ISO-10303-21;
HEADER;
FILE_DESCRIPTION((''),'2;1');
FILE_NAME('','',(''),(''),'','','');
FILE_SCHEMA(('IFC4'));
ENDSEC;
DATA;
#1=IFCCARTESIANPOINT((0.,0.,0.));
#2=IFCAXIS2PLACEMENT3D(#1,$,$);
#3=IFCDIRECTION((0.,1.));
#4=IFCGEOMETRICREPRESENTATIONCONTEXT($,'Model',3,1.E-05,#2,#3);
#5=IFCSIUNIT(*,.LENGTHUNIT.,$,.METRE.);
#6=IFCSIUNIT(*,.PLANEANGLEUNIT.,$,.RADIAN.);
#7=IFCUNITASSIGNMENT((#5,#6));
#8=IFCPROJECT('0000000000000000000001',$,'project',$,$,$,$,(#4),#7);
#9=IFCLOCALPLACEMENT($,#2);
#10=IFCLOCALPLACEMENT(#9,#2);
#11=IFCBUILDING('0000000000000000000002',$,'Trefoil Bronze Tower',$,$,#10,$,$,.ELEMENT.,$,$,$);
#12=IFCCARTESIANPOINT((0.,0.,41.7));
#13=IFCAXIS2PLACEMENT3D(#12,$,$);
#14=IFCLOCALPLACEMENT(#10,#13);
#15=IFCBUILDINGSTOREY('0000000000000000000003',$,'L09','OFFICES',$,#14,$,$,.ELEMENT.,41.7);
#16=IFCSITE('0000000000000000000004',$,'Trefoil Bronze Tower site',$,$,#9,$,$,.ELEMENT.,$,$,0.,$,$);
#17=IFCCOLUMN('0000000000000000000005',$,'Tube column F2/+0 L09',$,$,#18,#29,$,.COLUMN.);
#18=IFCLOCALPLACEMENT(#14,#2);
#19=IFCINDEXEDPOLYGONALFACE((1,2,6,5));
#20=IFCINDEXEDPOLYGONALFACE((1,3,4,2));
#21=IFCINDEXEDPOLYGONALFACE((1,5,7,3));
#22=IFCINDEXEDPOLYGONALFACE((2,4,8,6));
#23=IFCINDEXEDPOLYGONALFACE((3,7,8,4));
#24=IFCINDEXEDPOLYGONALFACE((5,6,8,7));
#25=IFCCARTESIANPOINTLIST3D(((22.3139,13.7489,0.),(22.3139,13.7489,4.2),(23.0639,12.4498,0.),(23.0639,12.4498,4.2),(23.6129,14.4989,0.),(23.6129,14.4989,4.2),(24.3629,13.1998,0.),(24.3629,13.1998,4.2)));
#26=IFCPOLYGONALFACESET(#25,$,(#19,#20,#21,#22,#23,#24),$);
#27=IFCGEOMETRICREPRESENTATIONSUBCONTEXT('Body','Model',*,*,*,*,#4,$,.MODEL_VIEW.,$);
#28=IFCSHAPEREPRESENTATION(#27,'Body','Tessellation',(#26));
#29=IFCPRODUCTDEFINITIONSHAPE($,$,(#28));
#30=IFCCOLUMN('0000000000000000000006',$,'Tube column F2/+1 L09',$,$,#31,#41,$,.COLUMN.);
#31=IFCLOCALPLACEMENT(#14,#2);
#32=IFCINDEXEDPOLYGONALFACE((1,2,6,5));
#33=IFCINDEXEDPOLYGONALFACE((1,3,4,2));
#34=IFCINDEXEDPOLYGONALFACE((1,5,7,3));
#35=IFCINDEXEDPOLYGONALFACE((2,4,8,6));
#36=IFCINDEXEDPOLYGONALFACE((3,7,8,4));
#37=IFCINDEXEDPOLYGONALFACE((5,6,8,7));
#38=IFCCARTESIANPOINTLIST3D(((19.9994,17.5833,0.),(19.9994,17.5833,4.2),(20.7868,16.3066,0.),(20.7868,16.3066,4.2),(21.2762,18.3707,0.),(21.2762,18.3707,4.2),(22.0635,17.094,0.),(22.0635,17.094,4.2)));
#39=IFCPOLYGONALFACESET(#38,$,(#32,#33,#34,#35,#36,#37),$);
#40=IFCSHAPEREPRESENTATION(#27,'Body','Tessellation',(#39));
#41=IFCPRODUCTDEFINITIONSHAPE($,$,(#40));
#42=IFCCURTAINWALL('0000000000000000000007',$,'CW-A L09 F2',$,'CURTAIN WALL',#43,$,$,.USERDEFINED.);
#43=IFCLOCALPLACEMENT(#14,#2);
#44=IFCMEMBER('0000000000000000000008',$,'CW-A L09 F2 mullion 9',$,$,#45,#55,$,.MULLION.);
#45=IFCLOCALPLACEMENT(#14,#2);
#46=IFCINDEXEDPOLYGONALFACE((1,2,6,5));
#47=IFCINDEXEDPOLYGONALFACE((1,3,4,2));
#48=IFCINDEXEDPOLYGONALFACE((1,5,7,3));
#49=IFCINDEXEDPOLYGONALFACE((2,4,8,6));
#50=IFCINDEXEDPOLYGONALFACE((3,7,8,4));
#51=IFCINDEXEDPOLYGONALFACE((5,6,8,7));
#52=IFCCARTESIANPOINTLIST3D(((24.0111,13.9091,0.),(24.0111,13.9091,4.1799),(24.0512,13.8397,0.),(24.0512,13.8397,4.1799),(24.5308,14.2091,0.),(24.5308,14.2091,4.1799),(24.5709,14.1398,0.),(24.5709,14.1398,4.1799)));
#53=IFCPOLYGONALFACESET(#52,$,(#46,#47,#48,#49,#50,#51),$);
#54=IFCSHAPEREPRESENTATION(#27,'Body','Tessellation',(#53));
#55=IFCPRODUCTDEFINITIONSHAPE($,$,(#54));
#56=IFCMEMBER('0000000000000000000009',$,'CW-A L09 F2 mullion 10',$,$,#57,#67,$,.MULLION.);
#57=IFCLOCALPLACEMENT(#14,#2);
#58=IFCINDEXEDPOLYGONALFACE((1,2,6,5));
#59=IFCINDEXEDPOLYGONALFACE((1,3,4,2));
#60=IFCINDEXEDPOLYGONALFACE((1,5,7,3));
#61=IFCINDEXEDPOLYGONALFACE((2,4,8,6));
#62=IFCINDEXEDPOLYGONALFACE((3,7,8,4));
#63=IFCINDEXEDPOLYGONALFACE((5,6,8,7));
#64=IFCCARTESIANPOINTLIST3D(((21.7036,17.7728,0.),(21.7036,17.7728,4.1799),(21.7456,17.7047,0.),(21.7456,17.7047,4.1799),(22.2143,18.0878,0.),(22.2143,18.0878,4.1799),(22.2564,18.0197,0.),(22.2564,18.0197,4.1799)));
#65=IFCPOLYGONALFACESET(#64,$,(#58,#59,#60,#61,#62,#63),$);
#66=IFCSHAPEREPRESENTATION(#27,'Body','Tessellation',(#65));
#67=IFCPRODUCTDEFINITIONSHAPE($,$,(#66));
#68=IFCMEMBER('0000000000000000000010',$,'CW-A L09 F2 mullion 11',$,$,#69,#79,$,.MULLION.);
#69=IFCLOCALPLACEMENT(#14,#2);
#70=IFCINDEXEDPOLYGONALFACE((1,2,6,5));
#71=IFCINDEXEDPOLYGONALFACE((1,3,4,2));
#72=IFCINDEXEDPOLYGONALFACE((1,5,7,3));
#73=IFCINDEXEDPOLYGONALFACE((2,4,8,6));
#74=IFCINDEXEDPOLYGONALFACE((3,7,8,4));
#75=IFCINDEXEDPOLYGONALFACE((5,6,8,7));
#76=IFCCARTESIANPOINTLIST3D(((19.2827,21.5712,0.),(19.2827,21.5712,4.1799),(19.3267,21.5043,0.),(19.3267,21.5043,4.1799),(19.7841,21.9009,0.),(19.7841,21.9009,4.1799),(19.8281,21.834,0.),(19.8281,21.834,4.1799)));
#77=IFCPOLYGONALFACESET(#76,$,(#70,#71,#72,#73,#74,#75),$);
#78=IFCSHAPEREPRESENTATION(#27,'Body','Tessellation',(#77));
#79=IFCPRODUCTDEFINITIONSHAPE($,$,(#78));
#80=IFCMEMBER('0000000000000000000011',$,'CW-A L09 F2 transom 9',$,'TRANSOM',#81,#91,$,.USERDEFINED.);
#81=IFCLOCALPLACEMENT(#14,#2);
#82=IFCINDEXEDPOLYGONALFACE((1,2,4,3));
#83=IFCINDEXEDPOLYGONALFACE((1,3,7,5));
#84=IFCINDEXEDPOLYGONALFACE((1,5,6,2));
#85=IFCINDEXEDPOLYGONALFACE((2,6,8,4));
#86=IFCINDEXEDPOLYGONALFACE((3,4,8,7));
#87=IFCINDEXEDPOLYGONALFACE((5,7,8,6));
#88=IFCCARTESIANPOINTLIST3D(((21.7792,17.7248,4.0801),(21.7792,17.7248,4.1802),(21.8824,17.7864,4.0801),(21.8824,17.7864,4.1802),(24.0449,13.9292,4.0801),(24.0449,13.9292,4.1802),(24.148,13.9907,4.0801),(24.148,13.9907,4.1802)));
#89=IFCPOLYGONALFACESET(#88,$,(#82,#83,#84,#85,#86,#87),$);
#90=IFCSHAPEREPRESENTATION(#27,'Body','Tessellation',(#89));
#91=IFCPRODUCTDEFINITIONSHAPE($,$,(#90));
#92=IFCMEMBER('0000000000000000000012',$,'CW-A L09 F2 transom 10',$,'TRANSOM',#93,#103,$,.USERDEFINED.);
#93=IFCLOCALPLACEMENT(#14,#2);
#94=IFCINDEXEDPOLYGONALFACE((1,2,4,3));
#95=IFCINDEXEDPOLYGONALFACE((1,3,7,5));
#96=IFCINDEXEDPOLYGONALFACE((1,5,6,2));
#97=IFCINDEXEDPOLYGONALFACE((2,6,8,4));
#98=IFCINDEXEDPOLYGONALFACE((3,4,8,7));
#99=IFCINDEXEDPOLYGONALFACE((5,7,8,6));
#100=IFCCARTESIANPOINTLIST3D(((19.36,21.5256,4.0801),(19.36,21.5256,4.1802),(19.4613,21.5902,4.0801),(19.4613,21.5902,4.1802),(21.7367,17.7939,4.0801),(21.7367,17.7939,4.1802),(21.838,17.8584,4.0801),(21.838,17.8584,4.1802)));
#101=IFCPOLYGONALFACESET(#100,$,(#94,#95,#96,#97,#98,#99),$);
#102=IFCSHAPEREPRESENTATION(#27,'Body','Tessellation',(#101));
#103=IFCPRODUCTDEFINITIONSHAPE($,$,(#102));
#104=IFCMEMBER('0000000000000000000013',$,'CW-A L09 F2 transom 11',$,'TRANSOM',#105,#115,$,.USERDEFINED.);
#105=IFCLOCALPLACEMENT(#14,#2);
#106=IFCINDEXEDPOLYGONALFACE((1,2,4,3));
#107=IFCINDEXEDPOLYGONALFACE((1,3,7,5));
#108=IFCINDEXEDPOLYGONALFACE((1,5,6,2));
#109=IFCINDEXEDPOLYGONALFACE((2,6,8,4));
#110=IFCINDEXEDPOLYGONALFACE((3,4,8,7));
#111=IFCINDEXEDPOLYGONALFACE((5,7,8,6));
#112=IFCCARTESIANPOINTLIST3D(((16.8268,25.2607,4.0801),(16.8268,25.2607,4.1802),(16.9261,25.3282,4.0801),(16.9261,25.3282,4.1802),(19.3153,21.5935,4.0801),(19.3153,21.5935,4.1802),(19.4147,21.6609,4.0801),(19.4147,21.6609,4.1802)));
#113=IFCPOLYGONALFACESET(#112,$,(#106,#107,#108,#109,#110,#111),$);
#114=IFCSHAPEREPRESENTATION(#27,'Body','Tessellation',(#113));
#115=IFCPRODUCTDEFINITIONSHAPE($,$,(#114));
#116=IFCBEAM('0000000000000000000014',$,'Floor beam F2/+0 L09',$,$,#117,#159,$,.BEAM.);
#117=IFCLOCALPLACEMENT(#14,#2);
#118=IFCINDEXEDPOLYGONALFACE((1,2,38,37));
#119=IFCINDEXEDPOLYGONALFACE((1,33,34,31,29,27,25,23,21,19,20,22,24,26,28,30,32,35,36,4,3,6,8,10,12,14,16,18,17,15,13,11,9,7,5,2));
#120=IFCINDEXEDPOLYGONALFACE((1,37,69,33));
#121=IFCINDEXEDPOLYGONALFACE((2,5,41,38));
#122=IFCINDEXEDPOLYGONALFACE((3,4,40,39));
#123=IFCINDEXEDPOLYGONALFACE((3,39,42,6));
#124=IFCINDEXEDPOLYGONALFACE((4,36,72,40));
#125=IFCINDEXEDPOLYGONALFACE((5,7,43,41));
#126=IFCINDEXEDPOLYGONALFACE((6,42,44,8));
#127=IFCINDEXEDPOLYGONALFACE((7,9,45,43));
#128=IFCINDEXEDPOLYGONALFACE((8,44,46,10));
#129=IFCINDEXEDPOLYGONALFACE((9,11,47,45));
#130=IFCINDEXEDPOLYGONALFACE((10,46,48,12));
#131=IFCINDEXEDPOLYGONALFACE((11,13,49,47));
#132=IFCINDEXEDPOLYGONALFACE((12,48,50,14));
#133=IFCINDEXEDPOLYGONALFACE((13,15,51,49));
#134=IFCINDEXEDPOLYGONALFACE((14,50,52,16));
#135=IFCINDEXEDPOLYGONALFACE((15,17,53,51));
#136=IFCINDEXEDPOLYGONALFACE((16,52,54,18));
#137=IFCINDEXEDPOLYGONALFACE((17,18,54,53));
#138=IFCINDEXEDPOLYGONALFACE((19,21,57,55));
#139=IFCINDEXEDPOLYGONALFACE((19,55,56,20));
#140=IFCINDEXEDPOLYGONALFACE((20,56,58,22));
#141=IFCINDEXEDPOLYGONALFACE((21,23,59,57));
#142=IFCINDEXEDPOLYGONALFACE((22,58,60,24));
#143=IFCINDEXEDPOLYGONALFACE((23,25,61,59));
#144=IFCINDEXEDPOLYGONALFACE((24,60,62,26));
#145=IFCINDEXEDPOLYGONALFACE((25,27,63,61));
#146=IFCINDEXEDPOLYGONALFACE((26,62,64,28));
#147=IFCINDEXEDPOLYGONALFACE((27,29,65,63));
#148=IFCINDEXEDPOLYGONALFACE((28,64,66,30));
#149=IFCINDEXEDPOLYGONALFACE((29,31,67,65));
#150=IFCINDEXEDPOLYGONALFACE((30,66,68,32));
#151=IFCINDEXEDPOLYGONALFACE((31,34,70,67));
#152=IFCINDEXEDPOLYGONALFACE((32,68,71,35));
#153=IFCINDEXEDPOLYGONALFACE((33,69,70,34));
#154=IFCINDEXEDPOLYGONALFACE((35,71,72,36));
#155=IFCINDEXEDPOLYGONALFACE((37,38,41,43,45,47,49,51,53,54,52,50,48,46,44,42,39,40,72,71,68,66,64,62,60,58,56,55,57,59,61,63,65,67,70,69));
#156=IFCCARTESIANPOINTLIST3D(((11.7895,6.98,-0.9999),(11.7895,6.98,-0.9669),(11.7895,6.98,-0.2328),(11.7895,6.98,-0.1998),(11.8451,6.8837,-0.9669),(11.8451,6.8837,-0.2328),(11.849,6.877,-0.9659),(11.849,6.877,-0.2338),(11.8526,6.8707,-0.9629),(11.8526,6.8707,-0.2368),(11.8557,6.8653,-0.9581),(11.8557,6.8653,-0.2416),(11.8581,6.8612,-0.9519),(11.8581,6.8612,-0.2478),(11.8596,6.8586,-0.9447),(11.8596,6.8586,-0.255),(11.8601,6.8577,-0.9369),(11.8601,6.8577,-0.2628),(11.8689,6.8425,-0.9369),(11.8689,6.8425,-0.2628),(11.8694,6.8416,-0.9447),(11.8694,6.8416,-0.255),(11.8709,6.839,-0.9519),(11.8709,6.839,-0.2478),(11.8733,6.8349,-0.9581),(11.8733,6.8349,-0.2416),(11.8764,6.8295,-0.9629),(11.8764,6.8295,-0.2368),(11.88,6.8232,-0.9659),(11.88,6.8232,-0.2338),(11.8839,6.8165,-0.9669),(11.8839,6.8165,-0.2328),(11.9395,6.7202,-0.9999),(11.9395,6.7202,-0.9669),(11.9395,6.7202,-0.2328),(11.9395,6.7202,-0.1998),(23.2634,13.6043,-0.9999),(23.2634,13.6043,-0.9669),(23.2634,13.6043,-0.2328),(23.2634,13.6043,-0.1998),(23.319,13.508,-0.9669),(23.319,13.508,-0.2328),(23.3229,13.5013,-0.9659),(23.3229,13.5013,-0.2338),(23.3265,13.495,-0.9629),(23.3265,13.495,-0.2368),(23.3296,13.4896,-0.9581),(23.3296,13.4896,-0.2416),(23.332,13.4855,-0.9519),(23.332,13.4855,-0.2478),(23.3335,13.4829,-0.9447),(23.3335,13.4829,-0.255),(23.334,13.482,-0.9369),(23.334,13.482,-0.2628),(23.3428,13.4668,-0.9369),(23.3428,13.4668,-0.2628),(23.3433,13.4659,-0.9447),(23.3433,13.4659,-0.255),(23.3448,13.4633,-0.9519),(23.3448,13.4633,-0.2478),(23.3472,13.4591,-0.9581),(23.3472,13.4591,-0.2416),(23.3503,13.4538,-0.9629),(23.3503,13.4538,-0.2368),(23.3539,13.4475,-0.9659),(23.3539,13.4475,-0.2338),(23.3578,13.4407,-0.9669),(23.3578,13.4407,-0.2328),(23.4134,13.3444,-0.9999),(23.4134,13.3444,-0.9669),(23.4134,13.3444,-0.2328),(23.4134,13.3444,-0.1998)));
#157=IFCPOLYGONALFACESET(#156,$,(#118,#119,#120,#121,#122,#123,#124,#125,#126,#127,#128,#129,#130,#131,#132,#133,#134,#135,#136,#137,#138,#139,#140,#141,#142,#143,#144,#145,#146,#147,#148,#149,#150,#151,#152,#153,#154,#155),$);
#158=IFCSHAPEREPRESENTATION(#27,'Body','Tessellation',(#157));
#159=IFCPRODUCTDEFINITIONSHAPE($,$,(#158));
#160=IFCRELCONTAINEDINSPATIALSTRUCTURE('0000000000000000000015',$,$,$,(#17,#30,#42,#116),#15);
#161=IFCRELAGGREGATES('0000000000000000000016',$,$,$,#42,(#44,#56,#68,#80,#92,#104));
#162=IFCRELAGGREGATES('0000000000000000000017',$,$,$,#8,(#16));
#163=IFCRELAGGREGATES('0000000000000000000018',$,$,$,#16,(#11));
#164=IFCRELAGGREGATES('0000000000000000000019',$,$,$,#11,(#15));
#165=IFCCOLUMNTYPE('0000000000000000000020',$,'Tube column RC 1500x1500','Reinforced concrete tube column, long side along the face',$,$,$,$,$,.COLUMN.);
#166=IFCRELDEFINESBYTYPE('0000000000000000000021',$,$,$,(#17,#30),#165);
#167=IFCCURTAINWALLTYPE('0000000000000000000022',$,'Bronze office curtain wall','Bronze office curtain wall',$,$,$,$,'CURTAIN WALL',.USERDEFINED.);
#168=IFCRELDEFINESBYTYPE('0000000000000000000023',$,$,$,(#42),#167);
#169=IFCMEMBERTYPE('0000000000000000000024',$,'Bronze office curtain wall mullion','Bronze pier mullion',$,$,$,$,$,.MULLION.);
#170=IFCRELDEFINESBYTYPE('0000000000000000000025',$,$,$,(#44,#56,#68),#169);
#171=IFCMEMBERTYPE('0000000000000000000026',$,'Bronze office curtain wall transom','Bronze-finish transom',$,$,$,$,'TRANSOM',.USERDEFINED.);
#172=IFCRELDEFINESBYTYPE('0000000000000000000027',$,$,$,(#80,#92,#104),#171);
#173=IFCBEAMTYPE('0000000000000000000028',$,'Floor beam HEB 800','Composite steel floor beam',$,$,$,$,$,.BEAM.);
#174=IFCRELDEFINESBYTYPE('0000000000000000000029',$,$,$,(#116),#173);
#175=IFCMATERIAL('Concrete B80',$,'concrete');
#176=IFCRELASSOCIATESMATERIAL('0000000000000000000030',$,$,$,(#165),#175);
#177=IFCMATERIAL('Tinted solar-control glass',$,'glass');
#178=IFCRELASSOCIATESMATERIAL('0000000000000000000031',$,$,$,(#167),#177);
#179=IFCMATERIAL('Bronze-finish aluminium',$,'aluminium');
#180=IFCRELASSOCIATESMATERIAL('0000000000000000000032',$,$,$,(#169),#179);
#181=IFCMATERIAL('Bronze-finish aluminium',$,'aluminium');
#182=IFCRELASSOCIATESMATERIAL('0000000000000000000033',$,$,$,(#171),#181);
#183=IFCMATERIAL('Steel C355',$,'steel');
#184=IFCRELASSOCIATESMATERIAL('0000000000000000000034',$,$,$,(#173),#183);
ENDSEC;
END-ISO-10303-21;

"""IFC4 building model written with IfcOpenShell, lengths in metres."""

from ifc_helpers import new_model, si_unit, direction, frame, origin, origin_2d, place, context, subcontext, project, spatial, rectangle, i_section, extrude, material, material_profile, profile_set, type_object, element, aggregate, save


model = new_model("IFC4")

# Units and contexts
model_context = context("Model", 3, precision=1e-05, world=origin(), true_north=direction((0.0, 1.0)))
body_context = subcontext(model_context, "Body", "Model", "MODEL_VIEW")
ifc_project = project(units=[si_unit("LENGTHUNIT", "METRE"), si_unit("PLANEANGLEUNIT", "RADIAN")], contexts=[model_context])

# Site, building, storey
site_placement = place(None, origin())
site = spatial("IfcSite", under=ifc_project, at=site_placement, Name="Trefoil Bronze Tower site", CompositionType="ELEMENT", RefElevation=0.0)
building_placement = place(site_placement, origin())
building = spatial("IfcBuilding", under=site, at=building_placement, Name="Trefoil Bronze Tower", CompositionType="ELEMENT")
storey_placement = place(building_placement, frame((0.0, 0.0, 41.7)))
storey = spatial("IfcBuildingStorey", under=building, at=storey_placement, Name="L09", Description="OFFICES", CompositionType="ELEMENT", Elevation=41.7)

# Columns
ifc_material_1 = material(Name="Concrete B80", Category="concrete")
ifc_material_profile_1 = material_profile(ifc_material_1, rectangle(XDim=1.5, YDim=1.5, at=origin_2d()), Name="RC 1500x1500")
ifc_profile_set_1 = profile_set([ifc_material_profile_1], Name="Concrete B80")
column_type = type_object("IfcColumnType", Name="Tube column RC 1500x1500", Description="Reinforced concrete tube column, long side along the face", PredefinedType="COLUMN", material=ifc_profile_set_1)
for number, where, z_axis, x_axis, name in (
    (1, (23.3384, 13.4744, 0.0), (0.0, 0.0, 1.0), (-0.5, 0.866025, 0.0), "Tube column F2/+0 L09"),
    (2, (21.0315, 17.3386, 0.0), (0.0, 0.0, 1.0), (-0.524923, 0.85115, 0.0), "Tube column F2/+1 L09"),
):
    element("IfcColumn", number, at=place(storey_placement, frame(where, z_axis=z_axis, x_axis=x_axis)), inside=storey, type_object=column_type, Name=name, PredefinedType="COLUMN", context=body_context, shape_type="SweptSolid", body=[
        extrude(rectangle(XDim=1.5, YDim=1.5, at=origin_2d()), origin(), (0.0, 0.0, 1.0), 4.2),
    ])

# Curtain wall, members
ifc_material_2 = material(Name="Tinted solar-control glass", Category="glass")
curtain_wall_type = type_object("IfcCurtainWallType", Name="Bronze office curtain wall", Description="Bronze office curtain wall", ElementType="CURTAIN WALL", PredefinedType="USERDEFINED", material=ifc_material_2)
curtain_wall_placement = place(storey_placement, origin())
curtain_wall = element("IfcCurtainWall", 3, at=curtain_wall_placement, inside=storey, type_object=curtain_wall_type, Name="CW-A L09 F2", ObjectType="CURTAIN WALL", PredefinedType="USERDEFINED")
ifc_material_3 = material(Name="Bronze-finish aluminium", Category="aluminium")
ifc_material_profile_2 = material_profile(ifc_material_3, rectangle(XDim=0.6001, YDim=0.0801, at=origin_2d()), Name="CW-A mullion")
ifc_profile_set_2 = profile_set([ifc_material_profile_2], Name="Bronze-finish aluminium")
member_type_1 = type_object("IfcMemberType", Name="Bronze office curtain wall mullion", Description="Bronze pier mullion", PredefinedType="MULLION", material=ifc_profile_set_2)
member_1_placement = place(storey_placement, frame((24.291, 14.0244, 0.0), z_axis=(0.0, 0.0, 1.0), x_axis=(-0.866025, -0.5, 0.0)))
member_1 = element("IfcMember", 4, at=member_1_placement, type_object=member_type_1, Name="CW-A L09 F2 mullion 9", PredefinedType="MULLION", context=body_context, shape_type="SweptSolid", body=[
    extrude(rectangle(XDim=0.6001, YDim=0.0801, at=origin_2d()), origin(), (0.0, 0.0, 1.0), 4.1799),
])
member_2_placement = place(storey_placement, frame((21.98, 17.8962, 0.0), z_axis=(0.0, 0.0, 1.0), x_axis=(-0.85115, -0.524923, 0.0)))
member_2 = element("IfcMember", 5, at=member_2_placement, type_object=member_type_1, Name="CW-A L09 F2 mullion 10", PredefinedType="MULLION", context=body_context, shape_type="SweptSolid", body=[
    extrude(rectangle(XDim=0.6001, YDim=0.0801, at=origin_2d()), origin(), (0.0, 0.0, 1.0), 4.1799),
])
member_3_placement = place(storey_placement, frame((19.5554, 21.7026, 0.0), z_axis=(0.0, 0.0, 1.0), x_axis=(-0.835544, -0.549424, 0.0)))
member_3 = element("IfcMember", 6, at=member_3_placement, type_object=member_type_1, Name="CW-A L09 F2 mullion 11", PredefinedType="MULLION", context=body_context, shape_type="SweptSolid", body=[
    extrude(rectangle(XDim=0.6001, YDim=0.0801, at=origin_2d()), origin(), (0.0, 0.0, 1.0), 4.1799),
])
ifc_material_4 = material(Name="Bronze-finish aluminium", Category="aluminium")
ifc_material_profile_3 = material_profile(ifc_material_4, rectangle(XDim=0.1201, YDim=0.1001, at=origin_2d()), Name="CW-A transom")
ifc_profile_set_3 = profile_set([ifc_material_profile_3], Name="Bronze-finish aluminium")
member_type_2 = type_object("IfcMemberType", Name="Bronze office curtain wall transom", Description="Bronze-finish transom", ElementType="TRANSOM", PredefinedType="USERDEFINED", material=ifc_profile_set_3)
member_4_placement = place(storey_placement, frame((24.0964, 13.96, 4.1301), z_axis=(-0.512537, 0.858665, 0.0), x_axis=(-0.858665, -0.512537, 0.0)))
member_4 = element("IfcMember", 7, at=member_4_placement, type_object=member_type_2, Name="CW-A L09 F2 transom 9", ObjectType="TRANSOM", PredefinedType="USERDEFINED", context=body_context, shape_type="SweptSolid", body=[
    extrude(rectangle(XDim=0.1201, YDim=0.1001, at=origin_2d()), origin(), (0.0, 0.0, 1.0), 4.4204),
])
member_5_placement = place(storey_placement, frame((21.7874, 17.8262, 4.1301), z_axis=(-0.537197, 0.843457, 0.0), x_axis=(-0.843457, -0.537197, 0.0)))
member_5 = element("IfcMember", 8, at=member_5_placement, type_object=member_type_2, Name="CW-A L09 F2 transom 10", ObjectType="TRANSOM", PredefinedType="USERDEFINED", context=body_context, shape_type="SweptSolid", body=[
    extrude(rectangle(XDim=0.1201, YDim=0.1001, at=origin_2d()), origin(), (0.0, 0.0, 1.0), 4.4243),
])
member_6_placement = place(storey_placement, frame((19.365, 21.6272, 4.1301), z_axis=(-0.561508, 0.827471, 0.0), x_axis=(-0.827471, -0.561508, 0.0)))
member_6 = element("IfcMember", 9, at=member_6_placement, type_object=member_type_2, Name="CW-A L09 F2 transom 11", ObjectType="TRANSOM", PredefinedType="USERDEFINED", context=body_context, shape_type="SweptSolid", body=[
    extrude(rectangle(XDim=0.1201, YDim=0.1001, at=origin_2d()), origin(), (0.0, 0.0, 1.0), 4.4319),
])

# Beam
ifc_material_5 = material(Name="Steel C355", Category="steel")
ifc_material_profile_4 = material_profile(ifc_material_5, i_section(OverallWidth=0.3, OverallDepth=0.8, WebThickness=0.0176, FlangeThickness=0.033, FilletRadius=0.03, at=origin_2d()), Name="HEB 800")
ifc_profile_set_4 = profile_set([ifc_material_profile_4], Name="Steel C355")
beam_type_1 = type_object("IfcBeamType", Name="Floor beam HEB 800", Description="Composite steel floor beam", PredefinedType="BEAM", material=ifc_profile_set_4)
beam_1_placement = place(storey_placement, frame((23.3384, 13.4744, -0.5999), z_axis=(-0.866031, -0.49999, 0.0), x_axis=(0.49999, -0.866031, 0.0)))
element("IfcBeam", 10, at=beam_1_placement, inside=storey, type_object=beam_type_1, Name="Floor beam F2/+0 L09", PredefinedType="BEAM", context=body_context, shape_type="SweptSolid", body=[
    extrude(i_section(OverallWidth=0.3, OverallDepth=0.8, WebThickness=0.0176, FlangeThickness=0.033, FilletRadius=0.03, at=origin_2d()), origin(), (0.0, 0.0, 1.0), 13.2488),
])

aggregate(curtain_wall, [member_1, member_2, member_3, member_4, member_5, member_6])

save(model, "model.ifc")
